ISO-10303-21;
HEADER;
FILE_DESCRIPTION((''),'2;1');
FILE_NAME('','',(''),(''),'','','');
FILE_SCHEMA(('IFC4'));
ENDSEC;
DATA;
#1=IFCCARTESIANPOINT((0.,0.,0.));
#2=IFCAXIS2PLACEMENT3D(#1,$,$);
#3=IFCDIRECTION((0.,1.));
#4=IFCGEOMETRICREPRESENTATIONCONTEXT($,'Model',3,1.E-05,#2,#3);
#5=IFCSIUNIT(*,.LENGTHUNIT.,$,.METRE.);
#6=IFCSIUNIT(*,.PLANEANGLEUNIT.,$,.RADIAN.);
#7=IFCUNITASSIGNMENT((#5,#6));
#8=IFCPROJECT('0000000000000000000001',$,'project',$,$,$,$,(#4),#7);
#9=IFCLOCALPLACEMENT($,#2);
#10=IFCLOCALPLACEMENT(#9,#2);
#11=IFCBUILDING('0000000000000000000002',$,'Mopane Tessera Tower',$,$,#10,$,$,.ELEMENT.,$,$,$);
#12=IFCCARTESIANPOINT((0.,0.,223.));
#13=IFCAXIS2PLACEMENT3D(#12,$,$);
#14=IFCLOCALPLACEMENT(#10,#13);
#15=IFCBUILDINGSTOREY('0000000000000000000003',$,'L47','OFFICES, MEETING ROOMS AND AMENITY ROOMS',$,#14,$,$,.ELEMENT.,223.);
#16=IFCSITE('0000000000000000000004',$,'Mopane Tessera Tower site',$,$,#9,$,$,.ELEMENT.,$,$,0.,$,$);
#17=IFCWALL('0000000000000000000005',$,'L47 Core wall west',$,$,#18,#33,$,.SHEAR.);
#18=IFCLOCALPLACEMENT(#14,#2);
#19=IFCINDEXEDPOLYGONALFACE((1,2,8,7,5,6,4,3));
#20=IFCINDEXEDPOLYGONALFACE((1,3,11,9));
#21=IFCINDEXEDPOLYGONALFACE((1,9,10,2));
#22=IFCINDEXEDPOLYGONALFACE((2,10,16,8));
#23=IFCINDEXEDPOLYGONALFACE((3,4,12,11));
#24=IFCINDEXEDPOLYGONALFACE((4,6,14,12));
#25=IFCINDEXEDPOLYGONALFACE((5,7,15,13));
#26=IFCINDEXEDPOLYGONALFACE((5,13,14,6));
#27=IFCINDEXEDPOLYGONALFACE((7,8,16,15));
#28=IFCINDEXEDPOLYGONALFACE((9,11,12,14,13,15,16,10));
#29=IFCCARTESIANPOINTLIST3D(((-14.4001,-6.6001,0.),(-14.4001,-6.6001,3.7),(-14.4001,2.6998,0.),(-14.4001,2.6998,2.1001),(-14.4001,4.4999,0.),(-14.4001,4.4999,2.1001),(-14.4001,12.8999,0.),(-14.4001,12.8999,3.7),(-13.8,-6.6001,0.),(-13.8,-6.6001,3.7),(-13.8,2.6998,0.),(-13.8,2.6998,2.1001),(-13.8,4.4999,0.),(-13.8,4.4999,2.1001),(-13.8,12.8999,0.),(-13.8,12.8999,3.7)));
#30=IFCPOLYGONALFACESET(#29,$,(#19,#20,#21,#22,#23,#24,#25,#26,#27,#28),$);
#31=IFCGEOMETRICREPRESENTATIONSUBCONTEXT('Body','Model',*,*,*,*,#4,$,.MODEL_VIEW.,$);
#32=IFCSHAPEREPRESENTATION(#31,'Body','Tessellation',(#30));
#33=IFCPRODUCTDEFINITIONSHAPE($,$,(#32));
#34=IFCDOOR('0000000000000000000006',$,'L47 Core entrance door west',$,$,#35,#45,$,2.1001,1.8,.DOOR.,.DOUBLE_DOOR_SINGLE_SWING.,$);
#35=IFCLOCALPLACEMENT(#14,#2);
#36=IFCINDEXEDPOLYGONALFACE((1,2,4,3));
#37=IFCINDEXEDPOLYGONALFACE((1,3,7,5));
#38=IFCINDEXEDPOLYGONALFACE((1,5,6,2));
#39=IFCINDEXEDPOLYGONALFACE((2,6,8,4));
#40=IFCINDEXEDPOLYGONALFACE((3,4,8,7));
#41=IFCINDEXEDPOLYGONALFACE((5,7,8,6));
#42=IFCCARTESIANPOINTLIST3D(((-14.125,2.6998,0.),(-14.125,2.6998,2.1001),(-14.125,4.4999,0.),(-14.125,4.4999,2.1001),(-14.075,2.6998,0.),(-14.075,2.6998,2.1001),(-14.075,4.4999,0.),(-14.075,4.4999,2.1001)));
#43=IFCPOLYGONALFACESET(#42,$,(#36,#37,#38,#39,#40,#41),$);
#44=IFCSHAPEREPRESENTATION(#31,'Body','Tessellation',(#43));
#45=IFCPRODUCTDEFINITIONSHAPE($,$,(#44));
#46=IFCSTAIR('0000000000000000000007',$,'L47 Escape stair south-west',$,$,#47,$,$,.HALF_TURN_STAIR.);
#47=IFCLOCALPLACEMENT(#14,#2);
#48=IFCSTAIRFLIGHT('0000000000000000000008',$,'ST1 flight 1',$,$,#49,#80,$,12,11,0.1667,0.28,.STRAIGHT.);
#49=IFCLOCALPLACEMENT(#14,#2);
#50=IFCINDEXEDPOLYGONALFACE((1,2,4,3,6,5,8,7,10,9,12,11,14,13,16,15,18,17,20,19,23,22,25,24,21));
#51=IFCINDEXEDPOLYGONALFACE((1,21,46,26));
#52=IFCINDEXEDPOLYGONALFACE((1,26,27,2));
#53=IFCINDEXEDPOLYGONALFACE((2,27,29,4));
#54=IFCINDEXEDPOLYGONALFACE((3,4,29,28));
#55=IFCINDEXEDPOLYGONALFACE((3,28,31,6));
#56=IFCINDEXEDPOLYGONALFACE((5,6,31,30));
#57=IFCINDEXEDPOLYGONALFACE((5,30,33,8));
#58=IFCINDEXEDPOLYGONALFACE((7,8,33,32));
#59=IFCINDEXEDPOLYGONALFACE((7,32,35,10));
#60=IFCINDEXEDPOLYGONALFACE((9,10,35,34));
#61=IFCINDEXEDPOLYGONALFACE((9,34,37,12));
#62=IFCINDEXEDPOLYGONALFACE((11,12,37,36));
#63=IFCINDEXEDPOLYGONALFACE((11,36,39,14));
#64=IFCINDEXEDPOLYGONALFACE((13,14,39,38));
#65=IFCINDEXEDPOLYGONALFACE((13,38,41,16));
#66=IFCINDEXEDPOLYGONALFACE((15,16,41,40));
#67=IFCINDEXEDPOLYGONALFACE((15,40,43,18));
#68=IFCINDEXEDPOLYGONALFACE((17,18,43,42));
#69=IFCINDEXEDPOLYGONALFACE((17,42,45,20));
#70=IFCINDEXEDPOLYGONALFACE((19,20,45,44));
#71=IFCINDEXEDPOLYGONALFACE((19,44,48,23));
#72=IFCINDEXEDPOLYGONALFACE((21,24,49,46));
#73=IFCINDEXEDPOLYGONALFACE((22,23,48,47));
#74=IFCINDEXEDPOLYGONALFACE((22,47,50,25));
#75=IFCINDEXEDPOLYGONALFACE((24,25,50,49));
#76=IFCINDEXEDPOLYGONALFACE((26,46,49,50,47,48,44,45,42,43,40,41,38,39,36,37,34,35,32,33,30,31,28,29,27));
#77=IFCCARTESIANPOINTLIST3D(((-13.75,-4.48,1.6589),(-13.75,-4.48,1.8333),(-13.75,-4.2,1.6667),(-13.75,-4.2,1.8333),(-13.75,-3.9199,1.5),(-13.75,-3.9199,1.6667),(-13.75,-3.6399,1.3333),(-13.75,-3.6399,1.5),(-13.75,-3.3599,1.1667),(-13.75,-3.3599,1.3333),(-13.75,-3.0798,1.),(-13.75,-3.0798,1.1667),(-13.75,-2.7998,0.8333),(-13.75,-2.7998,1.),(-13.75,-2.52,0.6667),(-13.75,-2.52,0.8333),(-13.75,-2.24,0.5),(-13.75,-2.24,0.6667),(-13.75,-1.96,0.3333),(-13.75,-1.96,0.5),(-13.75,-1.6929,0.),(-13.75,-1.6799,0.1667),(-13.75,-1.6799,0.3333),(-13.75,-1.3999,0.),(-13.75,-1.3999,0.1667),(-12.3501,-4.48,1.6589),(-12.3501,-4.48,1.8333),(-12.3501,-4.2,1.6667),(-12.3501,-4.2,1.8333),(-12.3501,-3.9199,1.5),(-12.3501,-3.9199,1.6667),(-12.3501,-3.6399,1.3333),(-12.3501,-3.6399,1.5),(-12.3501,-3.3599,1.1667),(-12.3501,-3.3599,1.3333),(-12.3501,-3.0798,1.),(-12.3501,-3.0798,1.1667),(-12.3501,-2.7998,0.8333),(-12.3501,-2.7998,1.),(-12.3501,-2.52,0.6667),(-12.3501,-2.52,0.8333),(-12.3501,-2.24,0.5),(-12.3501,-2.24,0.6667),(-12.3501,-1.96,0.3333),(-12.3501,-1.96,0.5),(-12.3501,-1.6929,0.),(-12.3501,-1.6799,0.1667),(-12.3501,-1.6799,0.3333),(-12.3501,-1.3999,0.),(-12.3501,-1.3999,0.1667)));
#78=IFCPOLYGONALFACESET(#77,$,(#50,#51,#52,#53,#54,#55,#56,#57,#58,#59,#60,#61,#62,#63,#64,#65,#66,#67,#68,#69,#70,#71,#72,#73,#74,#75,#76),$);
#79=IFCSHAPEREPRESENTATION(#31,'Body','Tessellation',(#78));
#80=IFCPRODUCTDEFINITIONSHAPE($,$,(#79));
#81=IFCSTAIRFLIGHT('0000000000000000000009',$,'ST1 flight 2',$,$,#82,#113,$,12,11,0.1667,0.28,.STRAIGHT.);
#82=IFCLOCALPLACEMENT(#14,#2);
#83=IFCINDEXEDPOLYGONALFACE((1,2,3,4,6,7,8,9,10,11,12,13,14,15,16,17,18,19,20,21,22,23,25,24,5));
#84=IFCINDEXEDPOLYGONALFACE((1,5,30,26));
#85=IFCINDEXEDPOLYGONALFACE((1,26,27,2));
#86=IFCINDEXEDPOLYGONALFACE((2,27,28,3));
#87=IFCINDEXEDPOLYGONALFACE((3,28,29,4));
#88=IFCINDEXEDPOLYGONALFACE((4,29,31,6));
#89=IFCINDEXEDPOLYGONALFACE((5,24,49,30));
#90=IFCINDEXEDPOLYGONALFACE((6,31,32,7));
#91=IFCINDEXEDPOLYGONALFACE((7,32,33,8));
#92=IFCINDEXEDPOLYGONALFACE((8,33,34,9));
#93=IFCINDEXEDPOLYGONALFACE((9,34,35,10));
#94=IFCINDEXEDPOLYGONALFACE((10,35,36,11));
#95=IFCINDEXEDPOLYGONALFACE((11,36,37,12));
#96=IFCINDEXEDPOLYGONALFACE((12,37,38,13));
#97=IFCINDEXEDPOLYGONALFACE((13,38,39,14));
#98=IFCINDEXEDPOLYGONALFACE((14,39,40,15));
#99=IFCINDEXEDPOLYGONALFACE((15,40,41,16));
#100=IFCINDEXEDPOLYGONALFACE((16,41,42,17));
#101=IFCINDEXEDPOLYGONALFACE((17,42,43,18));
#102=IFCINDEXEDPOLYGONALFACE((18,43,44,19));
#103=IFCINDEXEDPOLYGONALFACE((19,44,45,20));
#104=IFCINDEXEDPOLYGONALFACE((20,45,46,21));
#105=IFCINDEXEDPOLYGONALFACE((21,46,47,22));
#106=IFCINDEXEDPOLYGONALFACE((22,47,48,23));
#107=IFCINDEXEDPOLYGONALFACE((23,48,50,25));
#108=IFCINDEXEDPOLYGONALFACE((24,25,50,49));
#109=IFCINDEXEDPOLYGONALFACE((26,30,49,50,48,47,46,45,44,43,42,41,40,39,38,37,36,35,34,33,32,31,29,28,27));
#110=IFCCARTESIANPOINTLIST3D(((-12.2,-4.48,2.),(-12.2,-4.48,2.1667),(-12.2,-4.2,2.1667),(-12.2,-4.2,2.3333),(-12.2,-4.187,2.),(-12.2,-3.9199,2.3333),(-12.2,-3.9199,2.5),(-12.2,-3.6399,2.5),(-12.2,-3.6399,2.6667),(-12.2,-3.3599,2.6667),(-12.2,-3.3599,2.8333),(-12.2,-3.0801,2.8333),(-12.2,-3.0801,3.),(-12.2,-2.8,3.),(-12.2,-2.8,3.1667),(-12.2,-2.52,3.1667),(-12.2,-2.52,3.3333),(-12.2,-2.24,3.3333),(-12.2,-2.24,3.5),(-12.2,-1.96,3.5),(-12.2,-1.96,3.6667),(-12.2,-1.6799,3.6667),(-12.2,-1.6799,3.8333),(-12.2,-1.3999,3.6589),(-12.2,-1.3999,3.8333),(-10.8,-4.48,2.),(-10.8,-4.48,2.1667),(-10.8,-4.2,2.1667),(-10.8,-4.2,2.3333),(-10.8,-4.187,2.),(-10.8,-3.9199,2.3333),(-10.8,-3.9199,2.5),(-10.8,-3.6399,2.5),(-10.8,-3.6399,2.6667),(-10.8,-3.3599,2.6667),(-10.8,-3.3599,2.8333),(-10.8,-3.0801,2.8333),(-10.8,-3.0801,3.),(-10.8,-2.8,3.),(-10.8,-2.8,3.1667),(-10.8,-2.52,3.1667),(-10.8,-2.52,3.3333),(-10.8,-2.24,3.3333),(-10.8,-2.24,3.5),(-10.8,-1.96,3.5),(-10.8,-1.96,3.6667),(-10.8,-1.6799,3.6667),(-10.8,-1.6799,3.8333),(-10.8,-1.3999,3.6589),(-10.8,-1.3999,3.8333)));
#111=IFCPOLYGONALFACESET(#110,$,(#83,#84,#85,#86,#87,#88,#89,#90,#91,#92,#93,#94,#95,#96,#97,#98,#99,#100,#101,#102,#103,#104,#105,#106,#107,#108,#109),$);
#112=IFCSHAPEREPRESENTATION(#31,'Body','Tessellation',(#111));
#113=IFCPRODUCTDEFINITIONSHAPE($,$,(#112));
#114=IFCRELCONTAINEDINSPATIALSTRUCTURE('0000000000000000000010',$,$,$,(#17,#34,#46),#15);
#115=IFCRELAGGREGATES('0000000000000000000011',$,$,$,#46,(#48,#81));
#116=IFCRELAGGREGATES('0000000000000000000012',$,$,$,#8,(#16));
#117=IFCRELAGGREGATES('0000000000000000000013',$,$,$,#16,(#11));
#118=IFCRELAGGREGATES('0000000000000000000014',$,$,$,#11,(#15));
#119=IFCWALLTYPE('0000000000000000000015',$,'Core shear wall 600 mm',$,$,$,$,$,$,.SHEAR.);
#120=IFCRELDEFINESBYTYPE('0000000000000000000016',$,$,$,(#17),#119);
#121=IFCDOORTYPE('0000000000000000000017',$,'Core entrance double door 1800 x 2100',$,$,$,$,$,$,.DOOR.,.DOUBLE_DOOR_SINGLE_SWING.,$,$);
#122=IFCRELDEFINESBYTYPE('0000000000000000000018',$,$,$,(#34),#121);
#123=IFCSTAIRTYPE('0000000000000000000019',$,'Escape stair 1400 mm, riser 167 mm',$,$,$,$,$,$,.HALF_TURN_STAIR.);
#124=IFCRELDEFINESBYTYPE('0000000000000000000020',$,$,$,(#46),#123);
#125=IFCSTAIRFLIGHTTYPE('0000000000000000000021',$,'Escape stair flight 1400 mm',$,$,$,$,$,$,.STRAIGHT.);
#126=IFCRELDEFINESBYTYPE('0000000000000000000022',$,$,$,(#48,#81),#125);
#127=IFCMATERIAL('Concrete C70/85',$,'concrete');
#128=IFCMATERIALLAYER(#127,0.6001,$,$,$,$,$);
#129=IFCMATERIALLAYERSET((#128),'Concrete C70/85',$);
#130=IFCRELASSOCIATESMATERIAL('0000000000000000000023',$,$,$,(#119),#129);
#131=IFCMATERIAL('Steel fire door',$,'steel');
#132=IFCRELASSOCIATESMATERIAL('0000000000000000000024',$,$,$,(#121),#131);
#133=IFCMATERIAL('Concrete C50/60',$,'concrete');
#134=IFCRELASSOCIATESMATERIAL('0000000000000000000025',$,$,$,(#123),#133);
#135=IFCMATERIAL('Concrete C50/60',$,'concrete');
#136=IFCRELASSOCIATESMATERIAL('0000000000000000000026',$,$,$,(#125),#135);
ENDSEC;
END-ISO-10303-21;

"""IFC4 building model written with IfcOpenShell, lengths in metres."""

from ifc_helpers import new_model, si_unit, direction, frame, frame_2d, origin, place, context, subcontext, project, spatial, polyline, rectangle, outline, extrude, material, layer, layer_set, type_object, element, fill, aggregate, save


model = new_model("IFC4")

# Units and contexts
model_context = context("Model", 3, precision=1e-05, world=origin(), true_north=direction((0.0, 1.0)))
body_context = subcontext(model_context, "Body", "Model", "MODEL_VIEW")
ifc_project = project(units=[si_unit("LENGTHUNIT", "METRE"), si_unit("PLANEANGLEUNIT", "RADIAN")], contexts=[model_context])

# Site, building, storey
site_placement = place(None, origin())
site = spatial("IfcSite", under=ifc_project, at=site_placement, Name="Mopane Tessera Tower site", CompositionType="ELEMENT", RefElevation=0.0)
building_placement = place(site_placement, origin())
building = spatial("IfcBuilding", under=site, at=building_placement, Name="Mopane Tessera Tower", CompositionType="ELEMENT")
storey_placement = place(building_placement, frame((0.0, 0.0, 223.0)))
storey = spatial("IfcBuildingStorey", under=building, at=storey_placement, Name="L47", Description="OFFICES, MEETING ROOMS AND AMENITY ROOMS", CompositionType="ELEMENT", Elevation=223.0)

# Shared definitions
ifc_material_1 = material(Name="Concrete C70/85", Category="concrete")
ifc_layer = layer(ifc_material_1, 0.6001)
ifc_layer_set = layer_set([ifc_layer], Name="Concrete C70/85")
wall_type = type_object("IfcWallType", Name="Core shear wall 600 mm", PredefinedType="SHEAR", material=ifc_layer_set)
ifc_material_2 = material(Name="Steel fire door", Category="steel")
door_type_1 = type_object("IfcDoorType", Name="Core entrance double door 1800 x 2100", OperationType="DOUBLE_DOOR_SINGLE_SWING", PredefinedType="DOOR", material=ifc_material_2)

# Wall, opening, door
wall_1_placement = place(storey_placement, frame((-14.1001, -6.6001, 0.0), z_axis=(0.0, 0.0, 1.0), x_axis=(0.0, 1.0, 0.0)))
wall_1 = element("IfcWall", 1, at=wall_1_placement, inside=storey, type_object=wall_type, Name="L47 Core wall west", PredefinedType="SHEAR", context=body_context, shape_type="SweptSolid", body=[
    extrude(rectangle(XDim=19.5, YDim=0.6001, at=frame_2d((9.75, 0.0))), origin(), (0.0, 0.0, 1.0), 3.7),
])
opening_1_placement = place(wall_1_placement, frame((9.3, 0.0, 0.0)))
opening_1 = element("IfcOpeningElement", 2, at=opening_1_placement, cuts=wall_1, PredefinedType="OPENING", context=body_context, shape_type="SweptSolid", body=[
    extrude(rectangle(XDim=1.8, YDim=2.1001, at=frame_2d((0.8999, 1.05))), frame((0.0, 0.312, 0.0), z_axis=(0.0, -1.0, 0.0), x_axis=(1.0, 0.0, 0.0)), (0.0, 0.0, 1.0), 0.624),
])
door_1_placement = place(opening_1_placement, origin())
door_1 = element("IfcDoor", 3, at=door_1_placement, inside=storey, type_object=door_type_1, Name="L47 Core entrance door west", OperationType="DOUBLE_DOOR_SINGLE_SWING", OverallHeight=2.1001, OverallWidth=1.8, PredefinedType="DOOR", context=body_context, shape_type="SweptSolid", body=[
    extrude(rectangle(XDim=1.8, YDim=2.1001, at=frame_2d((0.8999, 1.05))), frame((0.0, 0.0249, 0.0), z_axis=(0.0, -1.0, 0.0), x_axis=(1.0, 0.0, 0.0)), (0.0, 0.0, 1.0), 0.05),
])
fill(opening_1, door_1)

# Stair, stair flights
ifc_material_3 = material(Name="Concrete C50/60", Category="concrete")
stair_type = type_object("IfcStairType", Name="Escape stair 1400 mm, riser 167 mm", PredefinedType="HALF_TURN_STAIR", material=ifc_material_3)
stair_placement = place(storey_placement, origin())
stair = element("IfcStair", 4, at=stair_placement, inside=storey, type_object=stair_type, Name="L47 Escape stair south-west", PredefinedType="HALF_TURN_STAIR")
ifc_material_4 = material(Name="Concrete C50/60", Category="concrete")
stair_flight_type = type_object("IfcStairFlightType", Name="Escape stair flight 1400 mm", PredefinedType="STRAIGHT", material=ifc_material_4)
stair_flight_1_placement = place(storey_placement, frame((-13.05, -1.3999, 0.0), z_axis=(0.0, 0.0, 1.0), x_axis=(0.0, -1.0, 0.0)))
stair_flight_1 = element("IfcStairFlight", 5, at=stair_flight_1_placement, type_object=stair_flight_type, Name="ST1 flight 1", NumberOfRisers=12, NumberOfTreads=11, PredefinedType="STRAIGHT", RiserHeight=0.1667, TreadLength=0.28, context=body_context, shape_type="SweptSolid", body=[
    extrude(outline(polyline([(0.0, 0.0), (0.0, 0.1667), (0.28, 0.1667), (0.28, 0.3333), (0.5601, 0.3333), (0.5601, 0.5), (0.8401, 0.5), (0.8401, 0.6667), (1.1201, 0.6667), (1.1201, 0.8333), (1.3999, 0.8333), (1.3999, 1.0), (1.6799, 1.0), (1.6799, 1.1667), (1.96, 1.1667), (1.96, 1.3333), (2.24, 1.3333), (2.24, 1.5), (2.52, 1.5), (2.52, 1.6667), (2.8, 1.6667), (2.8, 1.8333), (3.0801, 1.8333), (3.0801, 2.0), (3.0801, 1.6589), (0.293, 0.0), (0.0, 0.0)])), frame((0.0, 0.7, 0.0), z_axis=(0.0, -1.0, 0.0), x_axis=(1.0, 0.0, 0.0)), (0.0, 0.0, 1.0), 1.3999),
])
stair_flight_2_placement = place(storey_placement, frame((-11.5, -4.48, 2.0), z_axis=(0.0, 0.0, 1.0), x_axis=(0.0, 1.0, 0.0)))
stair_flight_2 = element("IfcStairFlight", 6, at=stair_flight_2_placement, type_object=stair_flight_type, Name="ST1 flight 2", NumberOfRisers=12, NumberOfTreads=11, PredefinedType="STRAIGHT", RiserHeight=0.1667, TreadLength=0.28, context=body_context, shape_type="SweptSolid", body=[
    extrude(outline(polyline([(0.0, 0.0), (0.0, 0.1667), (0.28, 0.1667), (0.28, 0.3333), (0.5601, 0.3333), (0.5601, 0.5), (0.8401, 0.5), (0.8401, 0.6667), (1.1201, 0.6667), (1.1201, 0.8333), (1.3999, 0.8333), (1.3999, 1.0), (1.6799, 1.0), (1.6799, 1.1667), (1.96, 1.1667), (1.96, 1.3333), (2.24, 1.3333), (2.24, 1.5), (2.52, 1.5), (2.52, 1.6667), (2.8, 1.6667), (2.8, 1.8333), (3.0801, 1.8333), (3.0801, 2.0), (3.0801, 1.6589), (0.293, 0.0), (0.0, 0.0)])), frame((0.0, 0.7, 0.0), z_axis=(0.0, -1.0, 0.0), x_axis=(1.0, 0.0, 0.0)), (0.0, 0.0, 1.0), 1.3999),
])
aggregate(stair, [stair_flight_1, stair_flight_2])

save(model, "model.ifc")
